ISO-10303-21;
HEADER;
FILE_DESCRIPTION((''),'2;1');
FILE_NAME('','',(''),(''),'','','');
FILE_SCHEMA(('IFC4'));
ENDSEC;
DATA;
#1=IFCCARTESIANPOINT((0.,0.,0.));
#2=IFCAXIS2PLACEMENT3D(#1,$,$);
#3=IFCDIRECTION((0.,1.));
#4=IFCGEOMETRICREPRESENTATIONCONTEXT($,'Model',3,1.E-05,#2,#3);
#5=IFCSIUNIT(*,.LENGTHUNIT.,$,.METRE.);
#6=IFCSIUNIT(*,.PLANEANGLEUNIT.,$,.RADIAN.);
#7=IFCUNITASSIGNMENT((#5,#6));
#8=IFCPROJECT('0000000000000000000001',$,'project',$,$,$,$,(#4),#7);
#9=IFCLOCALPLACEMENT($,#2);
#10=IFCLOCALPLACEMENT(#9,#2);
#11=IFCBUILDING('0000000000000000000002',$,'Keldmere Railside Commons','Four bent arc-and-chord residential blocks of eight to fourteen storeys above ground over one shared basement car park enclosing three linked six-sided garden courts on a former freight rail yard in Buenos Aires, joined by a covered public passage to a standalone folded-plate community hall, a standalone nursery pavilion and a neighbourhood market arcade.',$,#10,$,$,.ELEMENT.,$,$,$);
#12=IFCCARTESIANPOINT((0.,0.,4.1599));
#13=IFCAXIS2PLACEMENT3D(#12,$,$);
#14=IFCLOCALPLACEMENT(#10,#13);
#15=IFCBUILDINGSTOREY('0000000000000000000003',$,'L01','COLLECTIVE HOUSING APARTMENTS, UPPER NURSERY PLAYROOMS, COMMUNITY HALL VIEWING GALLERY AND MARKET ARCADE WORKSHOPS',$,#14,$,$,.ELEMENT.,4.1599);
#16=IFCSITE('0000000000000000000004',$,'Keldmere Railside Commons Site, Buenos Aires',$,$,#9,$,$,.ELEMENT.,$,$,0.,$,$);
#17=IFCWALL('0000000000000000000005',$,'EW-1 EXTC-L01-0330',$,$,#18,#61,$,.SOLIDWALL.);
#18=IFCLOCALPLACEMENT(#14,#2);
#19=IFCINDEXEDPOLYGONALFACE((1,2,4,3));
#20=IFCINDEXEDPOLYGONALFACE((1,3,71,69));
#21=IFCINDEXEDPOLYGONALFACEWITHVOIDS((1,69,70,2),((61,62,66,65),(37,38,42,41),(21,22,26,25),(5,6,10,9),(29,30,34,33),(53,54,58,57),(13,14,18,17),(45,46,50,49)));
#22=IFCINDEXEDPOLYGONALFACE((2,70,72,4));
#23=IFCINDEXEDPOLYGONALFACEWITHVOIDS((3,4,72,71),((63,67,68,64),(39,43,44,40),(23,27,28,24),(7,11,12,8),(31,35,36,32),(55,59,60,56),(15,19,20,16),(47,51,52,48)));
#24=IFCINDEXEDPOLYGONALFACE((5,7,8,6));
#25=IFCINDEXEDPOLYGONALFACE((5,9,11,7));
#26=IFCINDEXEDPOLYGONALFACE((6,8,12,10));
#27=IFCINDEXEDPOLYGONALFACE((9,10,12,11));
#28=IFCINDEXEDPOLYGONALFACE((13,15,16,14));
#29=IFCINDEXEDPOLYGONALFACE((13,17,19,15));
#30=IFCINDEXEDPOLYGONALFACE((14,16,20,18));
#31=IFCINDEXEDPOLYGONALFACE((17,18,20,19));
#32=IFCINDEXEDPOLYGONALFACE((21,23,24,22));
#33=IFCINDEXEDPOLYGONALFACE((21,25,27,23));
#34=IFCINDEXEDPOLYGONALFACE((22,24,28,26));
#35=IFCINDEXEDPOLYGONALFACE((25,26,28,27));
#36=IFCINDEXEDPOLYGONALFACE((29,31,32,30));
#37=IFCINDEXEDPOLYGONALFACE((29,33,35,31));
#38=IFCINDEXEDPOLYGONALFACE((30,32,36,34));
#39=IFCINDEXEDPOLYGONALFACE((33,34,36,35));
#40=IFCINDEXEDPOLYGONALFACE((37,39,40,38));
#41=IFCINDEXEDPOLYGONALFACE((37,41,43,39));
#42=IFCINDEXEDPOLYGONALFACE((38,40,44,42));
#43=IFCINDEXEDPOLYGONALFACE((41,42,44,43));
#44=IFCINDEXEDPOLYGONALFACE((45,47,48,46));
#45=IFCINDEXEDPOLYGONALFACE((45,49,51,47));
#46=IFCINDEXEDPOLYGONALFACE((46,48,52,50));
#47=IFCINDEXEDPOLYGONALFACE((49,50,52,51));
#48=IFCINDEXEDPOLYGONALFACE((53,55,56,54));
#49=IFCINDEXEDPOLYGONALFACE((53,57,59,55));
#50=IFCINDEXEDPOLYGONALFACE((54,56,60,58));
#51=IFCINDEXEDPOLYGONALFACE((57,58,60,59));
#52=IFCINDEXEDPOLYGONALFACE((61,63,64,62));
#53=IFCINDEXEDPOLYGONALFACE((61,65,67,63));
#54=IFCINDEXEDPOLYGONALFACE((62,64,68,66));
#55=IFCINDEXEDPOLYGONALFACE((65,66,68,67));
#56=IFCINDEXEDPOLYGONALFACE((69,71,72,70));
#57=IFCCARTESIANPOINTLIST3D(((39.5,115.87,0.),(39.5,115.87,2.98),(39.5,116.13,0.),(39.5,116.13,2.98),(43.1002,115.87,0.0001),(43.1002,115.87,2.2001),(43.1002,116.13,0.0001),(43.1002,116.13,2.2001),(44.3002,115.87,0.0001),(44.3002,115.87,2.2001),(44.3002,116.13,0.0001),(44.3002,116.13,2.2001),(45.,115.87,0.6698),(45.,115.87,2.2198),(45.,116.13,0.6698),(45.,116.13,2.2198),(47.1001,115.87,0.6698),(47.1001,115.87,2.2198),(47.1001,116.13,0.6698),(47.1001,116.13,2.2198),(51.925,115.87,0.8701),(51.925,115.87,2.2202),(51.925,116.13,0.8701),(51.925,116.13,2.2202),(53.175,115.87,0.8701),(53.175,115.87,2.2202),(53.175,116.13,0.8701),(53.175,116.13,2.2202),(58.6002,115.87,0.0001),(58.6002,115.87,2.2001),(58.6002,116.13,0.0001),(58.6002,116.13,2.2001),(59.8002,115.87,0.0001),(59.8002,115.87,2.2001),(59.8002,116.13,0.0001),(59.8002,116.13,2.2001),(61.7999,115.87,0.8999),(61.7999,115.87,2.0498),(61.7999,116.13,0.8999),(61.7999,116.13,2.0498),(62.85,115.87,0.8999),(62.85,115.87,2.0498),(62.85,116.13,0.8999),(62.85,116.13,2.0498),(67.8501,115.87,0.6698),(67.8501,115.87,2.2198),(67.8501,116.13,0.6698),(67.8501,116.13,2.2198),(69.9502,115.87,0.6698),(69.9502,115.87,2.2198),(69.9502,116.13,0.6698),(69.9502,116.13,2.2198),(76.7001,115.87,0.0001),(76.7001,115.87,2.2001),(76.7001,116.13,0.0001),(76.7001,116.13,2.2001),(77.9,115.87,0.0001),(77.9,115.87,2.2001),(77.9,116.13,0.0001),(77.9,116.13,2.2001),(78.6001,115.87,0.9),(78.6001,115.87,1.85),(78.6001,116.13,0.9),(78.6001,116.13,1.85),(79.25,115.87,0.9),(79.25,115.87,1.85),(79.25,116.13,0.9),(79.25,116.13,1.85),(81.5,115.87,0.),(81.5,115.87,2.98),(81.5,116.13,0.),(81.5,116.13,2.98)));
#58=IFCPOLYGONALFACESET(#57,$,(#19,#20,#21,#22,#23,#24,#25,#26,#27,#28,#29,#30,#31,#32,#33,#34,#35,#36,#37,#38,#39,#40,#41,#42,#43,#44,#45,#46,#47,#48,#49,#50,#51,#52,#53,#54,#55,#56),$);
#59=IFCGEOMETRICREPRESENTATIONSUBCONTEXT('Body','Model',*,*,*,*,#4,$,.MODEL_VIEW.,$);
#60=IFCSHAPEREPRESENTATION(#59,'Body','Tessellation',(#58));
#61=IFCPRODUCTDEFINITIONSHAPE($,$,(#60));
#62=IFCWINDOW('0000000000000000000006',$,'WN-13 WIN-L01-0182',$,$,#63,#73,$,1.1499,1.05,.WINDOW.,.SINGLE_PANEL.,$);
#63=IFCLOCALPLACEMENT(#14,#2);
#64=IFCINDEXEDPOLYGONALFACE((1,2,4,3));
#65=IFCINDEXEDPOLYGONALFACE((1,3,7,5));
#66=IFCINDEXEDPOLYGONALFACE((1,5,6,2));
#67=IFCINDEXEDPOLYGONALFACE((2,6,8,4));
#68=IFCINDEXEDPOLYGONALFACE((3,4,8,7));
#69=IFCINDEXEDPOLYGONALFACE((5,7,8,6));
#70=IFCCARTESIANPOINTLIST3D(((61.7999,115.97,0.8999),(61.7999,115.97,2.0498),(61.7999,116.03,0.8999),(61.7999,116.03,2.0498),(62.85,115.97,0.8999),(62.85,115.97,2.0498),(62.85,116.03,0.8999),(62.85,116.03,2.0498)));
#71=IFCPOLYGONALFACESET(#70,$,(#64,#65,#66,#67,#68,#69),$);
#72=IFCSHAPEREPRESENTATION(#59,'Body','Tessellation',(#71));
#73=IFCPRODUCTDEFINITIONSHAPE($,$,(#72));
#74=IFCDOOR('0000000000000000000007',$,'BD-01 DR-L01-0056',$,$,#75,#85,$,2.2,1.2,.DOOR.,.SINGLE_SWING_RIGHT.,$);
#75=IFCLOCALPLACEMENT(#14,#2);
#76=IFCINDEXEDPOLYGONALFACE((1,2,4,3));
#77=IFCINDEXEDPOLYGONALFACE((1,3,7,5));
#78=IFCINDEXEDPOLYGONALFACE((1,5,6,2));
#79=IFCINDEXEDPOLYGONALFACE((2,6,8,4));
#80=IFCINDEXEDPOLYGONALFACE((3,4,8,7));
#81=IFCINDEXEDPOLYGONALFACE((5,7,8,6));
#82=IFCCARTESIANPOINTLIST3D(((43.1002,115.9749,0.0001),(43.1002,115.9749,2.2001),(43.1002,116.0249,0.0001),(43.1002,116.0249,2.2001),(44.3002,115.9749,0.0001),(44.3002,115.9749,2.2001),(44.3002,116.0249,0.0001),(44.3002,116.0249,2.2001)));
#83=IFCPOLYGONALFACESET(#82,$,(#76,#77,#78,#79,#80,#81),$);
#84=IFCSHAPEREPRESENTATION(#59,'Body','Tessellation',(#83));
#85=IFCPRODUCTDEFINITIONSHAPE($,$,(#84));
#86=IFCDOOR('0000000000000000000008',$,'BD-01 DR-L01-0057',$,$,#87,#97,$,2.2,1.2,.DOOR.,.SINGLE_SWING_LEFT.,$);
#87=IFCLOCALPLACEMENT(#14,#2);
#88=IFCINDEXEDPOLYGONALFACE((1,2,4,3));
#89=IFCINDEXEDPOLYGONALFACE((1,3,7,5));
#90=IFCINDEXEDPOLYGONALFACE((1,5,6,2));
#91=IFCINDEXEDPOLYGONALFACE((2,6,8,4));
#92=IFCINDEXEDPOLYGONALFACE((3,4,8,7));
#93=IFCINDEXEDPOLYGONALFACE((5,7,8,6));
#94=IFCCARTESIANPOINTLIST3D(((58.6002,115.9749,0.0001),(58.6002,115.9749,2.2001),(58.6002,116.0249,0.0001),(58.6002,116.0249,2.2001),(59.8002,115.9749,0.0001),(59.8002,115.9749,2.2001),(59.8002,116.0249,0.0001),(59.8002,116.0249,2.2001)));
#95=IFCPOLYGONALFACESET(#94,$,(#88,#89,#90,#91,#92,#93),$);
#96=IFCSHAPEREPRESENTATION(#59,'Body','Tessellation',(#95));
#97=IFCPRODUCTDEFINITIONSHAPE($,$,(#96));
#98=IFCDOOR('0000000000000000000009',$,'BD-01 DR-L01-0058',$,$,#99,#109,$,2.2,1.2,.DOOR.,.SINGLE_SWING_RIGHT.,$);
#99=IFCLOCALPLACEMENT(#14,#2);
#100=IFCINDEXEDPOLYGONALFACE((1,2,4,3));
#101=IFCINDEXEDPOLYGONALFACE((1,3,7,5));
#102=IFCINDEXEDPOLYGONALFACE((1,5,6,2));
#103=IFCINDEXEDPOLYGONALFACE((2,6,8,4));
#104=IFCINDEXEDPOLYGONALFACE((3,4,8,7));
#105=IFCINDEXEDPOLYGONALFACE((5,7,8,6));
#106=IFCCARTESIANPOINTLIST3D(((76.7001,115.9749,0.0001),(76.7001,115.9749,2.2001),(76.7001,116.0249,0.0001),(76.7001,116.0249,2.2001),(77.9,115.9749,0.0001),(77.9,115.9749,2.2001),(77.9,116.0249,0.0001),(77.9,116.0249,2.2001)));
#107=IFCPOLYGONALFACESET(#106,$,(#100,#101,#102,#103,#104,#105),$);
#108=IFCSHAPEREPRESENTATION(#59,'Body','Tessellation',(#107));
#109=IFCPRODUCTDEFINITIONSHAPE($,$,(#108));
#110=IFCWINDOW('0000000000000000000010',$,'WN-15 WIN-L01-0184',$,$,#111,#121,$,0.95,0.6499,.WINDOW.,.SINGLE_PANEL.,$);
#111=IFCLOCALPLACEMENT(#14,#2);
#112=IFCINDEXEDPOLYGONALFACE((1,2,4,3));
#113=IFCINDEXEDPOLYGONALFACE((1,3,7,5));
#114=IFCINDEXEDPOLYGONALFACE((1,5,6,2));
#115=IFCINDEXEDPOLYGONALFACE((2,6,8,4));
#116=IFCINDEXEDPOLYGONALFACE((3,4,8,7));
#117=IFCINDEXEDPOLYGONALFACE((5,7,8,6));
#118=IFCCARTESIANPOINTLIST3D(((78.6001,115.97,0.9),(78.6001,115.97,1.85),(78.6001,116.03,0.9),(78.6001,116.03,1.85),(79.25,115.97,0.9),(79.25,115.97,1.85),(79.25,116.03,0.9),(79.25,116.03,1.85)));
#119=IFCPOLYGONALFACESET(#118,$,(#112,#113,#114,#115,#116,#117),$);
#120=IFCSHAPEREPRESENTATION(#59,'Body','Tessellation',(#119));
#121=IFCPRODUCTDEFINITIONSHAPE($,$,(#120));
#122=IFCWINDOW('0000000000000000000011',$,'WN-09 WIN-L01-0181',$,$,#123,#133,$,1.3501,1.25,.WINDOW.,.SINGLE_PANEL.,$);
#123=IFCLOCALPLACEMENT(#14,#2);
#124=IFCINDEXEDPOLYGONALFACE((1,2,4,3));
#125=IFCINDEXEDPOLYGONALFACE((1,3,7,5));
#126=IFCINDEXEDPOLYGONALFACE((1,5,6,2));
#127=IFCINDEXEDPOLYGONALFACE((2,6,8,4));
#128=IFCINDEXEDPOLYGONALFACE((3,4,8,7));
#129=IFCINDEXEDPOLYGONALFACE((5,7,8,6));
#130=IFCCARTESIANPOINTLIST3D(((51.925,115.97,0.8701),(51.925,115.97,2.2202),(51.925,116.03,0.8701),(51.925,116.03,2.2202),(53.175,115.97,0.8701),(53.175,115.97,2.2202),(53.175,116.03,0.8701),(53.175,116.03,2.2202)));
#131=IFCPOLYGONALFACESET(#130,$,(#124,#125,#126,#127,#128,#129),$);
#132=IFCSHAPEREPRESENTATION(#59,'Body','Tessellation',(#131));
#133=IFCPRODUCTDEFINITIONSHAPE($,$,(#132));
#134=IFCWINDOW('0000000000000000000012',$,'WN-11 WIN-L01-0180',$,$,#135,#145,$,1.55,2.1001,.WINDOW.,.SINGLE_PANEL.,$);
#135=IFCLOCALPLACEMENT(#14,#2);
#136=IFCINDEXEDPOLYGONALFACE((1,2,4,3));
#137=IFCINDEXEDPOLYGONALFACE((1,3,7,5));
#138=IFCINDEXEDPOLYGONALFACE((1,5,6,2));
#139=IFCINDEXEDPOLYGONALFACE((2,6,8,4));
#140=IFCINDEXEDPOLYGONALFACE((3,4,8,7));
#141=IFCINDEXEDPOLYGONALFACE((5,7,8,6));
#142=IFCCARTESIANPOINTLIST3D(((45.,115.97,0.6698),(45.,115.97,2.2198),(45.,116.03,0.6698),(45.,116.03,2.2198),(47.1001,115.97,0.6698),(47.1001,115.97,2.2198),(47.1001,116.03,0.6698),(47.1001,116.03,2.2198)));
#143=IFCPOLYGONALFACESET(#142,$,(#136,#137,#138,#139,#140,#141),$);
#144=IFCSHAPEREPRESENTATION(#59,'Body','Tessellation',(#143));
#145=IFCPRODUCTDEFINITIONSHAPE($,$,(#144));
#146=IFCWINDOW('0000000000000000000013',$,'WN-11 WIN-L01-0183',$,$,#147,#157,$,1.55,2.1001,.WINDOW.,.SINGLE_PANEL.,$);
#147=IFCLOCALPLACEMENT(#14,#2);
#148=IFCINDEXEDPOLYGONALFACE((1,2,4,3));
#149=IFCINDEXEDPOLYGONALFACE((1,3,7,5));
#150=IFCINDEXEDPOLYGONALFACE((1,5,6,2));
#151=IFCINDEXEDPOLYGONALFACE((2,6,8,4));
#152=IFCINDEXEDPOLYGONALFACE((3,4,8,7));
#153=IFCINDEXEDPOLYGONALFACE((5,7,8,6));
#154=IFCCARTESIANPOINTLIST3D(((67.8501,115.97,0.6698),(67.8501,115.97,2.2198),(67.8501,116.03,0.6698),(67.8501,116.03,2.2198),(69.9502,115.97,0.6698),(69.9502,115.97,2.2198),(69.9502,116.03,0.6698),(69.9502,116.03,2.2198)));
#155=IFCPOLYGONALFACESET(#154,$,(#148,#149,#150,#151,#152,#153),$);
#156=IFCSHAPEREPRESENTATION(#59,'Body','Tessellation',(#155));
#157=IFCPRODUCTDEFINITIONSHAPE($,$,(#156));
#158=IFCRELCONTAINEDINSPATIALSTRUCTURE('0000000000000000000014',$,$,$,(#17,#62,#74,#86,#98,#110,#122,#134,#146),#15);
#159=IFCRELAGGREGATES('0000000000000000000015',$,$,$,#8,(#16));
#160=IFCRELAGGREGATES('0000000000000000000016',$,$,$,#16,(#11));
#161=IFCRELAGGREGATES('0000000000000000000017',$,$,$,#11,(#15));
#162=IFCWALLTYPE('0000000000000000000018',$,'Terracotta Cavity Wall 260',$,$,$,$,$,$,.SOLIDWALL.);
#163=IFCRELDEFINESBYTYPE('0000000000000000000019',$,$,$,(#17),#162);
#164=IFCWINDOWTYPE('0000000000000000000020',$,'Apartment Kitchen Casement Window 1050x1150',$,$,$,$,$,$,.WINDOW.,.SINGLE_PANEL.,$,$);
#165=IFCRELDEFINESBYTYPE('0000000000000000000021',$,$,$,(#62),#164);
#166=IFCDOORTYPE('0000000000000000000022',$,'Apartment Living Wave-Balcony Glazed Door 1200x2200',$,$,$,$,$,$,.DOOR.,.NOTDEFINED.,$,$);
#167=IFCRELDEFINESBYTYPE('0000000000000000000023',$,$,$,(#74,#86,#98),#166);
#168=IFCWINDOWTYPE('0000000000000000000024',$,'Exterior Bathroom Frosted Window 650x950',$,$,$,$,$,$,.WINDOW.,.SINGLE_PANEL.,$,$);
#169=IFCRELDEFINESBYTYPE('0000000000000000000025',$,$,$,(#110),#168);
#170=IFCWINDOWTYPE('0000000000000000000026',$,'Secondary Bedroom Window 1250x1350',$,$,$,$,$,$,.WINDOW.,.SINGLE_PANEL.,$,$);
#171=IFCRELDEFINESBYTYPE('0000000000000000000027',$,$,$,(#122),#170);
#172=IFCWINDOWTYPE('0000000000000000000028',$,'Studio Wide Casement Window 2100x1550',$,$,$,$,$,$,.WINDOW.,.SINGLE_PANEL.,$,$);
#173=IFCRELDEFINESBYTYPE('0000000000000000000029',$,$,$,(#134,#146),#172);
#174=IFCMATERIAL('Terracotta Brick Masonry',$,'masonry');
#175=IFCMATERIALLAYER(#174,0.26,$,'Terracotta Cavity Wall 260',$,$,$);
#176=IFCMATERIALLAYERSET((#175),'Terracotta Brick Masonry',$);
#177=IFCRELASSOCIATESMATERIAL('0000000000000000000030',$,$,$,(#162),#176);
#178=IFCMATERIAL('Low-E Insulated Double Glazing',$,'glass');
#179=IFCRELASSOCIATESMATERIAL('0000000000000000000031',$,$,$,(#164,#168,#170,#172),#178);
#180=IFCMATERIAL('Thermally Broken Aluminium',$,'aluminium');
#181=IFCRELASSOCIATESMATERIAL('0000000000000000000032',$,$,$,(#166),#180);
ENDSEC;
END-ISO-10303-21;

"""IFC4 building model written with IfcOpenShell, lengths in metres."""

from ifc_helpers import new_model, si_unit, direction, frame, frame_2d, origin, place, context, subcontext, project, spatial, rectangle, extrude, material, layer, layer_set, type_object, element, fill, save


model = new_model("IFC4")

# Units and contexts
model_context = context("Model", 3, precision=1e-05, world=origin(), true_north=direction((0.0, 1.0)))
body_context = subcontext(model_context, "Body", "Model", "MODEL_VIEW")
ifc_project = project(units=[si_unit("LENGTHUNIT", "METRE"), si_unit("PLANEANGLEUNIT", "RADIAN")], contexts=[model_context])

# Site, building, storey
site_placement = place(None, origin())
site = spatial("IfcSite", under=ifc_project, at=site_placement, Name="Keldmere Railside Commons Site, Buenos Aires", CompositionType="ELEMENT", RefElevation=0.0)
building_placement = place(site_placement, origin())
building = spatial("IfcBuilding", under=site, at=building_placement, Name="Keldmere Railside Commons", Description="Four bent arc-and-chord residential blocks of eight to fourteen storeys above ground over one shared basement car park enclosing three linked six-sided garden courts on a former freight rail yard in Buenos Aires, joined by a covered public passage to a standalone folded-plate community hall, a standalone nursery pavilion and a neighbourhood market arcade.", CompositionType="ELEMENT")
storey_placement = place(building_placement, frame((0.0, 0.0, 4.1599)))
storey = spatial("IfcBuildingStorey", under=building, at=storey_placement, Name="L01", Description="COLLECTIVE HOUSING APARTMENTS, UPPER NURSERY PLAYROOMS, COMMUNITY HALL VIEWING GALLERY AND MARKET ARCADE WORKSHOPS", CompositionType="ELEMENT", Elevation=4.1599)

# Wall, openings, windows, doors
ifc_material_1 = material(Name="Terracotta Brick Masonry", Category="masonry")
ifc_layer_1 = layer(ifc_material_1, 0.26, Name="Terracotta Cavity Wall 260")
ifc_layer_set_1 = layer_set([ifc_layer_1], Name="Terracotta Brick Masonry")
wall_type_1 = type_object("IfcWallType", Name="Terracotta Cavity Wall 260", PredefinedType="SOLIDWALL", material=ifc_layer_set_1)
wall_1_placement = place(storey_placement, frame((39.5, 116.0, 0.0), z_axis=(0.0, 0.0, 1.0), x_axis=(1.0, 0.0, 0.0)))
wall_1 = element("IfcWall", 1, at=wall_1_placement, inside=storey, type_object=wall_type_1, Name="EW-1 EXTC-L01-0330", PredefinedType="SOLIDWALL", context=body_context, shape_type="SweptSolid", body=[
    extrude(rectangle(XDim=42.0, YDim=0.26, at=frame_2d((21.0, 0.0))), origin(), (0.0, 0.0, 1.0), 2.98),
])
opening_1_placement = place(wall_1_placement, frame((3.6001, 0.0, 0.0)))
opening_1 = element("IfcOpeningElement", 2, at=opening_1_placement, cuts=wall_1, PredefinedType="OPENING", context=body_context, shape_type="SweptSolid", body=[
    extrude(rectangle(XDim=1.2, YDim=2.2, at=frame_2d((0.6001, 1.1001))), frame((0.0, 0.1399, 0.0), z_axis=(0.0, -1.0, 0.0), x_axis=(1.0, 0.0, 0.0)), (0.0, 0.0, 1.0), 0.28),
])
opening_2_placement = place(wall_1_placement, frame((5.5, 0.0, 0.6699)))
opening_2 = element("IfcOpeningElement", 3, at=opening_2_placement, cuts=wall_1, PredefinedType="OPENING", context=body_context, shape_type="SweptSolid", body=[
    extrude(rectangle(XDim=2.1001, YDim=1.55, at=frame_2d((1.05, 0.7749))), frame((0.0, 0.1399, 0.0), z_axis=(0.0, -1.0, 0.0), x_axis=(1.0, 0.0, 0.0)), (0.0, 0.0, 1.0), 0.28),
])
opening_3_placement = place(wall_1_placement, frame((12.425, 0.0, 0.8701)))
opening_3 = element("IfcOpeningElement", 4, at=opening_3_placement, cuts=wall_1, PredefinedType="OPENING", context=body_context, shape_type="SweptSolid", body=[
    extrude(rectangle(XDim=1.25, YDim=1.3501, at=frame_2d((0.625, 0.675))), frame((0.0, 0.1399, 0.0), z_axis=(0.0, -1.0, 0.0), x_axis=(1.0, 0.0, 0.0)), (0.0, 0.0, 1.0), 0.28),
])
opening_4_placement = place(wall_1_placement, frame((19.1001, 0.0, 0.0)))
opening_4 = element("IfcOpeningElement", 5, at=opening_4_placement, cuts=wall_1, PredefinedType="OPENING", context=body_context, shape_type="SweptSolid", body=[
    extrude(rectangle(XDim=1.2, YDim=2.2, at=frame_2d((0.6001, 1.1001))), frame((0.0, 0.1399, 0.0), z_axis=(0.0, -1.0, 0.0), x_axis=(1.0, 0.0, 0.0)), (0.0, 0.0, 1.0), 0.28),
])
opening_5_placement = place(wall_1_placement, frame((22.3, 0.0, 0.8999)))
opening_5 = element("IfcOpeningElement", 6, at=opening_5_placement, cuts=wall_1, PredefinedType="OPENING", context=body_context, shape_type="SweptSolid", body=[
    extrude(rectangle(XDim=1.05, YDim=1.1499, at=frame_2d((0.5249, 0.575))), frame((0.0, 0.1399, 0.0), z_axis=(0.0, -1.0, 0.0), x_axis=(1.0, 0.0, 0.0)), (0.0, 0.0, 1.0), 0.28),
])
opening_6_placement = place(wall_1_placement, frame((28.3501, 0.0, 0.6699)))
opening_6 = element("IfcOpeningElement", 7, at=opening_6_placement, cuts=wall_1, PredefinedType="OPENING", context=body_context, shape_type="SweptSolid", body=[
    extrude(rectangle(XDim=2.1001, YDim=1.55, at=frame_2d((1.05, 0.7749))), frame((0.0, 0.1399, 0.0), z_axis=(0.0, -1.0, 0.0), x_axis=(1.0, 0.0, 0.0)), (0.0, 0.0, 1.0), 0.28),
])
opening_7_placement = place(wall_1_placement, frame((37.2, 0.0, 0.0)))
opening_7 = element("IfcOpeningElement", 8, at=opening_7_placement, cuts=wall_1, PredefinedType="OPENING", context=body_context, shape_type="SweptSolid", body=[
    extrude(rectangle(XDim=1.2, YDim=2.2, at=frame_2d((0.6001, 1.1001))), frame((0.0, 0.1399, 0.0), z_axis=(0.0, -1.0, 0.0), x_axis=(1.0, 0.0, 0.0)), (0.0, 0.0, 1.0), 0.28),
])
opening_8_placement = place(wall_1_placement, frame((39.1001, 0.0, 0.8999)))
opening_8 = element("IfcOpeningElement", 9, at=opening_8_placement, cuts=wall_1, PredefinedType="OPENING", context=body_context, shape_type="SweptSolid", body=[
    extrude(rectangle(XDim=0.6499, YDim=0.95, at=frame_2d((0.325, 0.4751))), frame((0.0, 0.1399, 0.0), z_axis=(0.0, -1.0, 0.0), x_axis=(1.0, 0.0, 0.0)), (0.0, 0.0, 1.0), 0.28),
])
ifc_material_2 = material(Name="Low-E Insulated Double Glazing", Category="glass")
window_type_1 = type_object("IfcWindowType", Name="Apartment Kitchen Casement Window 1050x1150", PartitioningType="SINGLE_PANEL", PredefinedType="WINDOW", material=ifc_material_2)
window_1_placement = place(opening_5_placement, origin())
window_1 = element("IfcWindow", 10, at=window_1_placement, inside=storey, type_object=window_type_1, Name="WN-13 WIN-L01-0182", OverallHeight=1.1499, OverallWidth=1.05, PartitioningType="SINGLE_PANEL", PredefinedType="WINDOW", context=body_context, shape_type="SweptSolid", body=[
    extrude(rectangle(XDim=1.05, YDim=1.1499, at=frame_2d((0.5249, 0.575))), frame((0.0, 0.03, 0.0), z_axis=(0.0, -1.0, 0.0), x_axis=(1.0, 0.0, 0.0)), (0.0, 0.0, 1.0), 0.0601),
])
fill(opening_5, window_1)
ifc_material_3 = material(Name="Thermally Broken Aluminium", Category="aluminium")
door_type = type_object("IfcDoorType", Name="Apartment Living Wave-Balcony Glazed Door 1200x2200", OperationType="NOTDEFINED", PredefinedType="DOOR", material=ifc_material_3)
door_1_placement = place(opening_1_placement, origin())
door_1 = element("IfcDoor", 11, at=door_1_placement, inside=storey, type_object=door_type, Name="BD-01 DR-L01-0056", OperationType="SINGLE_SWING_RIGHT", OverallHeight=2.2, OverallWidth=1.2, PredefinedType="DOOR", context=body_context, shape_type="SweptSolid", body=[
    extrude(rectangle(XDim=1.2, YDim=2.2, at=frame_2d((0.6001, 1.1001))), frame((0.0, 0.0249, 0.0), z_axis=(0.0, -1.0, 0.0), x_axis=(1.0, 0.0, 0.0)), (0.0, 0.0, 1.0), 0.05),
])
fill(opening_1, door_1)
door_2_placement = place(opening_4_placement, origin())
door_2 = element("IfcDoor", 12, at=door_2_placement, inside=storey, type_object=door_type, Name="BD-01 DR-L01-0057", OperationType="SINGLE_SWING_LEFT", OverallHeight=2.2, OverallWidth=1.2, PredefinedType="DOOR", context=body_context, shape_type="SweptSolid", body=[
    extrude(rectangle(XDim=1.2, YDim=2.2, at=frame_2d((0.6001, 1.1001))), frame((0.0, 0.0249, 0.0), z_axis=(0.0, -1.0, 0.0), x_axis=(1.0, 0.0, 0.0)), (0.0, 0.0, 1.0), 0.05),
])
fill(opening_4, door_2)
door_3_placement = place(opening_7_placement, origin())
door_3 = element("IfcDoor", 13, at=door_3_placement, inside=storey, type_object=door_type, Name="BD-01 DR-L01-0058", OperationType="SINGLE_SWING_RIGHT", OverallHeight=2.2, OverallWidth=1.2, PredefinedType="DOOR", context=body_context, shape_type="SweptSolid", body=[
    extrude(rectangle(XDim=1.2, YDim=2.2, at=frame_2d((0.6001, 1.1001))), frame((0.0, 0.0249, 0.0), z_axis=(0.0, -1.0, 0.0), x_axis=(1.0, 0.0, 0.0)), (0.0, 0.0, 1.0), 0.05),
])
fill(opening_7, door_3)
window_type_2 = type_object("IfcWindowType", Name="Exterior Bathroom Frosted Window 650x950", PartitioningType="SINGLE_PANEL", PredefinedType="WINDOW", material=ifc_material_2)
window_2_placement = place(opening_8_placement, origin())
window_2 = element("IfcWindow", 14, at=window_2_placement, inside=storey, type_object=window_type_2, Name="WN-15 WIN-L01-0184", OverallHeight=0.95, OverallWidth=0.6499, PartitioningType="SINGLE_PANEL", PredefinedType="WINDOW", context=body_context, shape_type="SweptSolid", body=[
    extrude(rectangle(XDim=0.6499, YDim=0.95, at=frame_2d((0.325, 0.4751))), frame((0.0, 0.03, 0.0), z_axis=(0.0, -1.0, 0.0), x_axis=(1.0, 0.0, 0.0)), (0.0, 0.0, 1.0), 0.0601),
])
fill(opening_8, window_2)
window_type_3 = type_object("IfcWindowType", Name="Secondary Bedroom Window 1250x1350", PartitioningType="SINGLE_PANEL", PredefinedType="WINDOW", material=ifc_material_2)
window_3_placement = place(opening_3_placement, origin())
window_3 = element("IfcWindow", 15, at=window_3_placement, inside=storey, type_object=window_type_3, Name="WN-09 WIN-L01-0181", OverallHeight=1.3501, OverallWidth=1.25, PartitioningType="SINGLE_PANEL", PredefinedType="WINDOW", context=body_context, shape_type="SweptSolid", body=[
    extrude(rectangle(XDim=1.25, YDim=1.3501, at=frame_2d((0.625, 0.675))), frame((0.0, 0.03, 0.0), z_axis=(0.0, -1.0, 0.0), x_axis=(1.0, 0.0, 0.0)), (0.0, 0.0, 1.0), 0.0601),
])
fill(opening_3, window_3)
window_type_4 = type_object("IfcWindowType", Name="Studio Wide Casement Window 2100x1550", PartitioningType="SINGLE_PANEL", PredefinedType="WINDOW", material=ifc_material_2)
window_4_placement = place(opening_2_placement, origin())
window_4 = element("IfcWindow", 16, at=window_4_placement, inside=storey, type_object=window_type_4, Name="WN-11 WIN-L01-0180", OverallHeight=1.55, OverallWidth=2.1001, PartitioningType="SINGLE_PANEL", PredefinedType="WINDOW", context=body_context, shape_type="SweptSolid", body=[
    extrude(rectangle(XDim=2.1001, YDim=1.55, at=frame_2d((1.05, 0.7749))), frame((0.0, 0.03, 0.0), z_axis=(0.0, -1.0, 0.0), x_axis=(1.0, 0.0, 0.0)), (0.0, 0.0, 1.0), 0.0601),
])
fill(opening_2, window_4)
window_5_placement = place(opening_6_placement, origin())
window_5 = element("IfcWindow", 17, at=window_5_placement, inside=storey, type_object=window_type_4, Name="WN-11 WIN-L01-0183", OverallHeight=1.55, OverallWidth=2.1001, PartitioningType="SINGLE_PANEL", PredefinedType="WINDOW", context=body_context, shape_type="SweptSolid", body=[
    extrude(rectangle(XDim=2.1001, YDim=1.55, at=frame_2d((1.05, 0.7749))), frame((0.0, 0.03, 0.0), z_axis=(0.0, -1.0, 0.0), x_axis=(1.0, 0.0, 0.0)), (0.0, 0.0, 1.0), 0.0601),
])
fill(opening_6, window_5)

save(model, "model.ifc")
